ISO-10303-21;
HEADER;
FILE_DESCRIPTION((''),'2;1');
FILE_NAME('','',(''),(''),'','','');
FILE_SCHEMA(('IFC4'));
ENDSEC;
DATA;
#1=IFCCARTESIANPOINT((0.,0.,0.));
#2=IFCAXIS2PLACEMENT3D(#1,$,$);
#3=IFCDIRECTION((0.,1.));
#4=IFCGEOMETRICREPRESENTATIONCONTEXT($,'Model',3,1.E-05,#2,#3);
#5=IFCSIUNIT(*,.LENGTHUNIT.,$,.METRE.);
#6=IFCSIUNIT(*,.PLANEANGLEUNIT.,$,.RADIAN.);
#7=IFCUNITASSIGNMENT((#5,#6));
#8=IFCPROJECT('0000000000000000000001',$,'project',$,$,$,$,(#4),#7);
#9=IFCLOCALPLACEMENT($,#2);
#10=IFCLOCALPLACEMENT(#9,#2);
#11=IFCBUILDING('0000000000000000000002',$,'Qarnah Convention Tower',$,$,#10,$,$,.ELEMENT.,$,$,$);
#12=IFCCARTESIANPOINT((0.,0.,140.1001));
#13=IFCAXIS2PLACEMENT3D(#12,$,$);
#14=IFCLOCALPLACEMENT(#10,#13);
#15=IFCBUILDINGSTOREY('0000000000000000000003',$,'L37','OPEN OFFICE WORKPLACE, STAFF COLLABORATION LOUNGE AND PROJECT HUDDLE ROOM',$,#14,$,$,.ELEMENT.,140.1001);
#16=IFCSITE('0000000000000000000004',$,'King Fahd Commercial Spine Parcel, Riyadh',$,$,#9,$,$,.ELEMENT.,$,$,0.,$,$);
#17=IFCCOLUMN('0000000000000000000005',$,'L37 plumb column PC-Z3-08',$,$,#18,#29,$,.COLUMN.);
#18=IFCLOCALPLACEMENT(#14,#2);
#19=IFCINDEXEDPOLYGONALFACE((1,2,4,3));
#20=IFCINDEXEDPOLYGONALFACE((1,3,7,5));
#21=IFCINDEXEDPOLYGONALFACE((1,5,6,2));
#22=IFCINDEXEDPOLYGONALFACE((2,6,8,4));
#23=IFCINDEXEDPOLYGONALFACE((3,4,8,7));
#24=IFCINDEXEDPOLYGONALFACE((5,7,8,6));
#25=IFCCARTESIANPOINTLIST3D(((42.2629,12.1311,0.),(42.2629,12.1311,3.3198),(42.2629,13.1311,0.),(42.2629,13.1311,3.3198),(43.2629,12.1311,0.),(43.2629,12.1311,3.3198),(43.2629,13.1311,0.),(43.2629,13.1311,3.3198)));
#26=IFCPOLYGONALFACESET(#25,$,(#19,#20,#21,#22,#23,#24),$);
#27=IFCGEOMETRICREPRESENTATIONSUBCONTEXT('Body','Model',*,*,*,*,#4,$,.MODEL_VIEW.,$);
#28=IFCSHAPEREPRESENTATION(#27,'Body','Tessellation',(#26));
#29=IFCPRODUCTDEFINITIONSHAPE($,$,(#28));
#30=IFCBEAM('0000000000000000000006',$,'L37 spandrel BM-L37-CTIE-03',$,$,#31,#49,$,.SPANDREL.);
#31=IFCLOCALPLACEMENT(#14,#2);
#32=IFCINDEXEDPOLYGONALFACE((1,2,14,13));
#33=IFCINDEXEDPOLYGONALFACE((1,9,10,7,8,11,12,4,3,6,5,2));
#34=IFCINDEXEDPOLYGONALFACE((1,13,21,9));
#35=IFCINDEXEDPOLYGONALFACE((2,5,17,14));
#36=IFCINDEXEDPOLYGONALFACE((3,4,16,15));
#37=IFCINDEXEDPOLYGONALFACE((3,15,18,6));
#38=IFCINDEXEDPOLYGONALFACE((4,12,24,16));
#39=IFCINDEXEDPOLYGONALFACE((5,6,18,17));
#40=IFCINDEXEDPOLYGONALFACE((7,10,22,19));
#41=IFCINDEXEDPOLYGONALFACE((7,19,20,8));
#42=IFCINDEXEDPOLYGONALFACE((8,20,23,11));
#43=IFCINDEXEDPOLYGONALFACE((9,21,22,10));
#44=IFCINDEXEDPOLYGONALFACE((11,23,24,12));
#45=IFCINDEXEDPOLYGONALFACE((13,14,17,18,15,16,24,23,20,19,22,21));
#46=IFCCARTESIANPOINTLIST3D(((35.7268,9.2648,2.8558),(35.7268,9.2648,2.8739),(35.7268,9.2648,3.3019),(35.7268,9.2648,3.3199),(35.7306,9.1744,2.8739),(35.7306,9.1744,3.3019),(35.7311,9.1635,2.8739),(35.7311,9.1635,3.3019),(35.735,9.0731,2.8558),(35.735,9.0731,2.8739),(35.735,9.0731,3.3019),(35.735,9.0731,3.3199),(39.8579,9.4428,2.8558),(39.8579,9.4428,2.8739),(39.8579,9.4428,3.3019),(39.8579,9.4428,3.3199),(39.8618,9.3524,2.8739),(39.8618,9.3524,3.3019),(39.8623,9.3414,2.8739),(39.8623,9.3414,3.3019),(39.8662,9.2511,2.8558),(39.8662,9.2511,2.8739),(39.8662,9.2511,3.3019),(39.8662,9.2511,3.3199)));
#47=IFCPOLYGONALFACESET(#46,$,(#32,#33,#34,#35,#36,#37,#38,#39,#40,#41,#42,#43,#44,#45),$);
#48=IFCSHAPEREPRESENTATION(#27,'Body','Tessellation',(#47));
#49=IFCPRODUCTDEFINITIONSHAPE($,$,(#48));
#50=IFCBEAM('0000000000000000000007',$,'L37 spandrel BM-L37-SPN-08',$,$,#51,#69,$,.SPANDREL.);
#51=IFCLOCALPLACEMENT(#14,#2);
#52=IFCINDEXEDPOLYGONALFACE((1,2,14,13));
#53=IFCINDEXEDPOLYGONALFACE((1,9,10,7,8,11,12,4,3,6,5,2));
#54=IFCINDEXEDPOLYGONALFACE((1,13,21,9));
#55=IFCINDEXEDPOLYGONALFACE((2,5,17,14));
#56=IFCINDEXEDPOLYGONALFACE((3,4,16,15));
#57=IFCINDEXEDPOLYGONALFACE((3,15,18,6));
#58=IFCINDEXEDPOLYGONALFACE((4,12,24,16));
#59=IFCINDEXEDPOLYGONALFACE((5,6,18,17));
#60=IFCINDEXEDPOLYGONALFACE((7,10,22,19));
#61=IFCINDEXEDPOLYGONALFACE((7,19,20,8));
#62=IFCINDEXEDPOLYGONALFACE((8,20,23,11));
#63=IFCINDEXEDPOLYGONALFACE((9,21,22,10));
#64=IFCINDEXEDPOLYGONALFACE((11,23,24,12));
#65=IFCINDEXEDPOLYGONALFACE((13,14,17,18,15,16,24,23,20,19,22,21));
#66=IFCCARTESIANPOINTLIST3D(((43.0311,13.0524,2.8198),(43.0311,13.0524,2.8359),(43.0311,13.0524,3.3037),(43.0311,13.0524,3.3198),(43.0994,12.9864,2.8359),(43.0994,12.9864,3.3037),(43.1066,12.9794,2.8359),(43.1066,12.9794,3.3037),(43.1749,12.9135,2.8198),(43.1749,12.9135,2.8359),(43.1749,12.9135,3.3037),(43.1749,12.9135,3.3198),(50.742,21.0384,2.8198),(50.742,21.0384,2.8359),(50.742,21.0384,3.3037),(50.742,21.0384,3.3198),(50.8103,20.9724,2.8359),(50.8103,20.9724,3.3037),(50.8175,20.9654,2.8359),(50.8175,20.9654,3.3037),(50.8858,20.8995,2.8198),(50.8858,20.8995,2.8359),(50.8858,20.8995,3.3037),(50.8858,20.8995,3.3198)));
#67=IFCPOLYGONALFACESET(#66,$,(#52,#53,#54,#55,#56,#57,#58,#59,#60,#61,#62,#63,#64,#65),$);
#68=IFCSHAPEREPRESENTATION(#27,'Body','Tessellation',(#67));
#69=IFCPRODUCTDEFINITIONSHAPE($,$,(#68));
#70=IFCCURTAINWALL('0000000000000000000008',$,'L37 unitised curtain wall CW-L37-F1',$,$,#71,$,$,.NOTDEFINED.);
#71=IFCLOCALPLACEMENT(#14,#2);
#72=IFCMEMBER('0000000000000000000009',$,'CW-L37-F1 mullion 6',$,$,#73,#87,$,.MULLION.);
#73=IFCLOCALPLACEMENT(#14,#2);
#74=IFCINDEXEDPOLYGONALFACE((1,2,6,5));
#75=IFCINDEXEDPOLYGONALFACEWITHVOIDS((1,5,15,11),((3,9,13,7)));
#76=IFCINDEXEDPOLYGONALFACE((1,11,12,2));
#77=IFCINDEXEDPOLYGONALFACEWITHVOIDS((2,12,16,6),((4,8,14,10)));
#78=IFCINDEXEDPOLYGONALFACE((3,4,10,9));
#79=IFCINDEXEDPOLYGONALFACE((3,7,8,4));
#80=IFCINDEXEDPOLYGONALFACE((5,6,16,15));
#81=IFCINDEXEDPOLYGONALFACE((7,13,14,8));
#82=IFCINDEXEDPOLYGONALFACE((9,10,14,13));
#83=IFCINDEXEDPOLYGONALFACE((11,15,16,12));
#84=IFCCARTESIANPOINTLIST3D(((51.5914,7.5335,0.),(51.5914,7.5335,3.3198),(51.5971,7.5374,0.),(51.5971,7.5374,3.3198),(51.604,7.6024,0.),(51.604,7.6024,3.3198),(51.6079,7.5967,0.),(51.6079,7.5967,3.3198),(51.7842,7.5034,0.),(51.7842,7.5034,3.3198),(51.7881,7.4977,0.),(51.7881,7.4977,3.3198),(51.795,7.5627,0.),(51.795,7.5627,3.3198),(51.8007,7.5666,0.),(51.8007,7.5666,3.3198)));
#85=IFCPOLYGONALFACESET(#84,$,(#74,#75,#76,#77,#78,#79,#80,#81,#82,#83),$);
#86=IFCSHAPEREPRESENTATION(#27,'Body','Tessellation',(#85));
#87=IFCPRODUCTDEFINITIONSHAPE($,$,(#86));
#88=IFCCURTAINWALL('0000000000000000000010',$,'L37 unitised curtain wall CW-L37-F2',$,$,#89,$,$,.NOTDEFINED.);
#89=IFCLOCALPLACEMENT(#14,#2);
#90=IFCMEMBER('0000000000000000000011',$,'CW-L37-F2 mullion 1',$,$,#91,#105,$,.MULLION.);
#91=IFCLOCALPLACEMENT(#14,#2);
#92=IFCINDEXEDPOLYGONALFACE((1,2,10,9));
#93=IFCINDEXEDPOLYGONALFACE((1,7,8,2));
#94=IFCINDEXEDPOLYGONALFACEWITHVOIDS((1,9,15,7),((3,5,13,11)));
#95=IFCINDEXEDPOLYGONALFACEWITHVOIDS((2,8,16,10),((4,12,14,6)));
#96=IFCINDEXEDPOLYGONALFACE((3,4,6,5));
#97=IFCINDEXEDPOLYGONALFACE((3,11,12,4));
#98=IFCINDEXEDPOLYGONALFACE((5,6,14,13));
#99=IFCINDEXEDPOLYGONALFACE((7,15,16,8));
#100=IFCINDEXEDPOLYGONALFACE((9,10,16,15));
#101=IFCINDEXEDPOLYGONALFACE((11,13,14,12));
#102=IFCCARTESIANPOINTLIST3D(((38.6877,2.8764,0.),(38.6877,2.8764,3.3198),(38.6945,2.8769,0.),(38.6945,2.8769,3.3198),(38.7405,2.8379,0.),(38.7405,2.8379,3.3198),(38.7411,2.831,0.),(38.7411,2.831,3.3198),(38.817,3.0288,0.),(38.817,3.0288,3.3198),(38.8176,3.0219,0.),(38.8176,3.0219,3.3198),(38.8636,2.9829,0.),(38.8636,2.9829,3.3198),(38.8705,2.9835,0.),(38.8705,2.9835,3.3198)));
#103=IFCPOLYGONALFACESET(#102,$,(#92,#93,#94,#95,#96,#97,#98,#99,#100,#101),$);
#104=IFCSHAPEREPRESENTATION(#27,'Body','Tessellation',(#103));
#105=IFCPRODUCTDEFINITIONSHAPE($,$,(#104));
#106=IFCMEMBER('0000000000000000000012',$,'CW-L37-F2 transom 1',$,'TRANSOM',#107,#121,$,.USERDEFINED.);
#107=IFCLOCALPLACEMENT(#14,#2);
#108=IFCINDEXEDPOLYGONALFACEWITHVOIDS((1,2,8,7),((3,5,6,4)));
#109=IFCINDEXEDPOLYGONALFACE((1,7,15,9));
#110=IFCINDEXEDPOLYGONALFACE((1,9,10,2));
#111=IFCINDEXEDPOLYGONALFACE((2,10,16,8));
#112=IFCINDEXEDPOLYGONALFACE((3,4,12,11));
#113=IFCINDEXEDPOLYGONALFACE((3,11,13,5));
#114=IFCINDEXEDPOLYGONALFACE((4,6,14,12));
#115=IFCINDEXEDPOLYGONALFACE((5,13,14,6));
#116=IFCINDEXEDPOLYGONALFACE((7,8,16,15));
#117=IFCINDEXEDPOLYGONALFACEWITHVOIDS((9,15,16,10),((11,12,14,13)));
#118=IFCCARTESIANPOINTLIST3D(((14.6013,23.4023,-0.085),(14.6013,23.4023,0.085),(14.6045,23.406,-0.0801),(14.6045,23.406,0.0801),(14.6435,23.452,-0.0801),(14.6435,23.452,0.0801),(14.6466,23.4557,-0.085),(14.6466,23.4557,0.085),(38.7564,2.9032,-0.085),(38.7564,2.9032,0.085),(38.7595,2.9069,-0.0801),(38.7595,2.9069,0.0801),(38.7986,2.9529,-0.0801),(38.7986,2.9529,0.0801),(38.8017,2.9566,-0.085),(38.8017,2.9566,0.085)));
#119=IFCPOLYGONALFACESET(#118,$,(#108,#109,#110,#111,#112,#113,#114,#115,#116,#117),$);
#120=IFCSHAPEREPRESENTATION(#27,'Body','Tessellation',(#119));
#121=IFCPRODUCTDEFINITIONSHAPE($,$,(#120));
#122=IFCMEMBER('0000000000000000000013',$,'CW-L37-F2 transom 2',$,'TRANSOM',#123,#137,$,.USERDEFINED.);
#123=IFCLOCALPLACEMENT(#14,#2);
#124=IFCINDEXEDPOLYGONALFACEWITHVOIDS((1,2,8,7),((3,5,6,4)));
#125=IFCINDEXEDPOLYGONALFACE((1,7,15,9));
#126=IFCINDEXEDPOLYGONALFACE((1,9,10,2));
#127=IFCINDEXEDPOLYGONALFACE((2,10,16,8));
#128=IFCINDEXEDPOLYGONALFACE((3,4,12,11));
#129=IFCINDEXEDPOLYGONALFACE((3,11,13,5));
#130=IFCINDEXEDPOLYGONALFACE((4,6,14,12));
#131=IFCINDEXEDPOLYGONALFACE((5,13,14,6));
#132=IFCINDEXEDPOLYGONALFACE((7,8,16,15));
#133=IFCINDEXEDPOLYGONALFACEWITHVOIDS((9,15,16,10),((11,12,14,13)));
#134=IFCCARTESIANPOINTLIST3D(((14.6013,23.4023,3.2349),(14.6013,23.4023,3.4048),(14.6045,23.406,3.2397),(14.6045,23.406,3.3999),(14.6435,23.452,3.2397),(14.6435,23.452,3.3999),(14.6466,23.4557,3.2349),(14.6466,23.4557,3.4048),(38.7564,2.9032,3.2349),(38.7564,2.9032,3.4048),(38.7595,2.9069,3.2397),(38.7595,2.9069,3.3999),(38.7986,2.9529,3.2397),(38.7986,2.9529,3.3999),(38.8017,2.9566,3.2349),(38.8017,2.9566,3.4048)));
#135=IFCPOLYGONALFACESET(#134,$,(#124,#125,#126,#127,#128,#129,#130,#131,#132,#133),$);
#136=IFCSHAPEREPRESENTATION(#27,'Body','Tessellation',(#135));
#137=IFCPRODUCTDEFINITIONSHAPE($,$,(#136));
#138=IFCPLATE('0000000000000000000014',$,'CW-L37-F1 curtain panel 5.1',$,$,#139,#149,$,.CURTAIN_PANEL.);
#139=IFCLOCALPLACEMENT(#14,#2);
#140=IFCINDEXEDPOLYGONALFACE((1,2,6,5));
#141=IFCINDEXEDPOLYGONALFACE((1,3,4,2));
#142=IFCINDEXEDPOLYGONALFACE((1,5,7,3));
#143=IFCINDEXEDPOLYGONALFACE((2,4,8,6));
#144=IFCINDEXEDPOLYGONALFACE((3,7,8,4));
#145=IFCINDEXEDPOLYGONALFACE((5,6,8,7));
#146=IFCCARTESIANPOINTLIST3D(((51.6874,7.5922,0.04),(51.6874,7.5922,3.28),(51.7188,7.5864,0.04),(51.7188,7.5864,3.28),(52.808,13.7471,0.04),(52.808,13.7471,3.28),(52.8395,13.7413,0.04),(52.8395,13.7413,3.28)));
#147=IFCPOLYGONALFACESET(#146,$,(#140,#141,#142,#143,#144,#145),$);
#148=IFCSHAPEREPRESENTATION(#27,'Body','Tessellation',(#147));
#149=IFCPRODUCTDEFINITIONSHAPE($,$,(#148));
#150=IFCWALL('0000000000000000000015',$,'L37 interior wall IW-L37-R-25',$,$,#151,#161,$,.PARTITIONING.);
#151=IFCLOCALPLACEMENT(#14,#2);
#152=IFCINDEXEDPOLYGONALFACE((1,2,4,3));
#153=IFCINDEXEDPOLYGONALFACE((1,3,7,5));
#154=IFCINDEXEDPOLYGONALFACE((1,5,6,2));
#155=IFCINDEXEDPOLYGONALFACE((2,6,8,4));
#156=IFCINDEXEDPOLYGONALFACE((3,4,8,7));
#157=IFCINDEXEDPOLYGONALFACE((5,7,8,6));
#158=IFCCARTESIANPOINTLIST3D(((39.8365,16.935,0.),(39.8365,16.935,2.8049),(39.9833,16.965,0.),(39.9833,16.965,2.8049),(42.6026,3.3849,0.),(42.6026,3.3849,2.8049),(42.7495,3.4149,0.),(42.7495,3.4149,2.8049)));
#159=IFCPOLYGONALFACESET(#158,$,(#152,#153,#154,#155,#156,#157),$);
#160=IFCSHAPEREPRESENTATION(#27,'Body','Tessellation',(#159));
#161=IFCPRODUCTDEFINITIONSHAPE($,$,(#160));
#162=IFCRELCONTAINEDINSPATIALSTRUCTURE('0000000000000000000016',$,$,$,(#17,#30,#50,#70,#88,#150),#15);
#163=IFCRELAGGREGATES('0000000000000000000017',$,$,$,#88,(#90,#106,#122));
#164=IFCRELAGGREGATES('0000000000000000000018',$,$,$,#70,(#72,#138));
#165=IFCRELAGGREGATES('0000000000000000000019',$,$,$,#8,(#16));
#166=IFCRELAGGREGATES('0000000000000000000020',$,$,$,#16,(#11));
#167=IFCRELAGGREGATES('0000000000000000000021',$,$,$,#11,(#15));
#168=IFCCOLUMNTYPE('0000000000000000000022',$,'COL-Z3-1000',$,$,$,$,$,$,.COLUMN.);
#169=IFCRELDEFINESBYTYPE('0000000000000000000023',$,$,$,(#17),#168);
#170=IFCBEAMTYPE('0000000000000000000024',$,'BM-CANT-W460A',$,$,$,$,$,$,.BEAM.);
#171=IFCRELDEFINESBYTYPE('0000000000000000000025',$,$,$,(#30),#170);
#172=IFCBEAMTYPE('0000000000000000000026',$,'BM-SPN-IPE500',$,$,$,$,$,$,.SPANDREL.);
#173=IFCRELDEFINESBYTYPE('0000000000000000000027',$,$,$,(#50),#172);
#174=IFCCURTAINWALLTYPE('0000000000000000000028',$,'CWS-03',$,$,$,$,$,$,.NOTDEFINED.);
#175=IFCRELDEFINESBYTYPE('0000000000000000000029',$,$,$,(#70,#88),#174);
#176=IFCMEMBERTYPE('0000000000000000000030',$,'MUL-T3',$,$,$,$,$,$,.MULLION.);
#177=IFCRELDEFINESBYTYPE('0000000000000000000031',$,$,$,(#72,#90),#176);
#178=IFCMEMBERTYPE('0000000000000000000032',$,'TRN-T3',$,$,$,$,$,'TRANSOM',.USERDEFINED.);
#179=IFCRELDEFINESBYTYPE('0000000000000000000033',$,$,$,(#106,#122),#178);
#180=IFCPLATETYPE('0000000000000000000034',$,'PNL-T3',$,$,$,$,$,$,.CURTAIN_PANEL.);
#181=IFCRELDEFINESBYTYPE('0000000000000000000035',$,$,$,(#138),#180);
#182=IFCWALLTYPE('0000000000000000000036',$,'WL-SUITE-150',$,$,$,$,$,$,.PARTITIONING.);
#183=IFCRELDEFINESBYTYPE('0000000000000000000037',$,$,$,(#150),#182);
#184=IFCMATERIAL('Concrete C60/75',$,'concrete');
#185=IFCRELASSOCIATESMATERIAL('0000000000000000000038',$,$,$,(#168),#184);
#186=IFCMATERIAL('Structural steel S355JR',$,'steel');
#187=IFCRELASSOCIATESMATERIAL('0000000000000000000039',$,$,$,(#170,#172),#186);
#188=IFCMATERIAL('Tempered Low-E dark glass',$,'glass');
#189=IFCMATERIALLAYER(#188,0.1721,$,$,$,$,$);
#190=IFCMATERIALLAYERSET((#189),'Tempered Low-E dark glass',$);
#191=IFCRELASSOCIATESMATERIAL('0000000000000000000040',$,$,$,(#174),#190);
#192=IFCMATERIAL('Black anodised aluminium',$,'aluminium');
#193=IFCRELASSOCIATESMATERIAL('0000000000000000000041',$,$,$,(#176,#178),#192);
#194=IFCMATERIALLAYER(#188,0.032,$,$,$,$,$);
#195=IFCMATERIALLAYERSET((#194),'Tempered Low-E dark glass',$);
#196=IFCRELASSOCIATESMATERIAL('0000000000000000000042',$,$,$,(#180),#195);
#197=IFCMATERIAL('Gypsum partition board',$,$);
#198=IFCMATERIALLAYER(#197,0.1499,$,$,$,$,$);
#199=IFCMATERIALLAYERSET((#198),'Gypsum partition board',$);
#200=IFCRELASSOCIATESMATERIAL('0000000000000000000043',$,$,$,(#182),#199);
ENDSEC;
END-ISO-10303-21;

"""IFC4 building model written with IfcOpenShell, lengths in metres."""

from ifc_helpers import new_model, si_unit, direction, frame, frame_2d, origin, origin_2d, place, context, subcontext, project, spatial, rectangle, hollow_rectangle, i_section, extrude, material, layer, layer_set, material_profile, profile_set, type_object, element, aggregate, save


model = new_model("IFC4")

# Units and contexts
model_context = context("Model", 3, precision=1e-05, world=origin(), true_north=direction((0.0, 1.0)))
body_context = subcontext(model_context, "Body", "Model", "MODEL_VIEW")
ifc_project = project(units=[si_unit("LENGTHUNIT", "METRE"), si_unit("PLANEANGLEUNIT", "RADIAN")], contexts=[model_context])

# Site, building, storey
site_placement = place(None, origin())
site = spatial("IfcSite", under=ifc_project, at=site_placement, Name="King Fahd Commercial Spine Parcel, Riyadh", CompositionType="ELEMENT", RefElevation=0.0)
building_placement = place(site_placement, origin())
building = spatial("IfcBuilding", under=site, at=building_placement, Name="Qarnah Convention Tower", CompositionType="ELEMENT")
storey_placement = place(building_placement, frame((0.0, 0.0, 140.1001)))
storey = spatial("IfcBuildingStorey", under=building, at=storey_placement, Name="L37", Description="OPEN OFFICE WORKPLACE, STAFF COLLABORATION LOUNGE AND PROJECT HUDDLE ROOM", CompositionType="ELEMENT", Elevation=140.1001)

# Column
ifc_material_1 = material(Name="Concrete C60/75", Category="concrete")
ifc_material_profile_1 = material_profile(ifc_material_1, rectangle(XDim=1.0, YDim=1.0, at=origin_2d()), Name="RC-COL-1000X1000")
ifc_profile_set_1 = profile_set([ifc_material_profile_1], Name="Concrete C60/75")
column_type = type_object("IfcColumnType", Name="COL-Z3-1000", PredefinedType="COLUMN", material=ifc_profile_set_1)
column_placement = place(storey_placement, frame((42.7629, 12.6311, 0.0), z_axis=(0.0, 0.0, 1.0), x_axis=(1.0, 0.0, 0.0)))
element("IfcColumn", 1, at=column_placement, inside=storey, type_object=column_type, Name="L37 plumb column PC-Z3-08", PredefinedType="COLUMN", context=body_context, shape_type="SweptSolid", body=[
    extrude(rectangle(XDim=1.0, YDim=1.0, at=origin_2d()), origin(), (0.0, 0.0, 1.0), 3.3198),
])

# Beams
ifc_material_2 = material(Name="Structural steel S355JR", Category="steel")
ifc_material_profile_2 = material_profile(ifc_material_2, i_section(OverallWidth=0.1919, OverallDepth=0.4641, WebThickness=0.011, FlangeThickness=0.0181, at=origin_2d()), Name="W460X89")
ifc_profile_set_2 = profile_set([ifc_material_profile_2], Name="Structural steel S355JR")
beam_type_1 = type_object("IfcBeamType", Name="BM-CANT-W460A", PredefinedType="BEAM", material=ifc_profile_set_2)
beam_1_placement = place(storey_placement, frame((39.8621, 9.3469, 3.0879), z_axis=(-0.999073, -0.043043, 0.0), x_axis=(0.043043, -0.999073, 0.0)))
element("IfcBeam", 2, at=beam_1_placement, inside=storey, type_object=beam_type_1, Name="L37 spandrel BM-L37-CTIE-03", PredefinedType="SPANDREL", context=body_context, shape_type="SweptSolid", body=[
    extrude(i_section(OverallWidth=0.1919, OverallDepth=0.4641, WebThickness=0.011, FlangeThickness=0.0181, at=origin_2d()), origin(), (0.0, 0.0, 1.0), 4.135),
])
ifc_material_profile_3 = material_profile(ifc_material_2, i_section(OverallWidth=0.2, OverallDepth=0.5, WebThickness=0.01, FlangeThickness=0.0161, at=origin_2d()), Name="IPE500")
ifc_profile_set_3 = profile_set([ifc_material_profile_3], Name="Structural steel S355JR")
beam_type_2 = type_object("IfcBeamType", Name="BM-SPN-IPE500", PredefinedType="SPANDREL", material=ifc_profile_set_3)
beam_2_placement = place(storey_placement, frame((43.103, 12.9829, 3.0698), z_axis=(0.694606, 0.719391, 0.0), x_axis=(-0.719391, 0.694606, 0.0)))
element("IfcBeam", 3, at=beam_2_placement, inside=storey, type_object=beam_type_2, Name="L37 spandrel BM-L37-SPN-08", PredefinedType="SPANDREL", context=body_context, shape_type="SweptSolid", body=[
    extrude(i_section(OverallWidth=0.2, OverallDepth=0.5, WebThickness=0.01, FlangeThickness=0.0161, at=origin_2d()), origin(), (0.0, 0.0, 1.0), 11.1011),
])

# Curtain wall, member
ifc_material_3 = material(Name="Tempered Low-E dark glass", Category="glass")
ifc_layer_1 = layer(ifc_material_3, 0.1721)
ifc_layer_set_1 = layer_set([ifc_layer_1], Name="Tempered Low-E dark glass")
curtain_wall_type = type_object("IfcCurtainWallType", Name="CWS-03", PredefinedType="NOTDEFINED", material=ifc_layer_set_1)
curtain_wall_1_placement = place(storey_placement, origin())
curtain_wall_1 = element("IfcCurtainWall", 4, at=curtain_wall_1_placement, inside=storey, type_object=curtain_wall_type, Name="L37 unitised curtain wall CW-L37-F1", PredefinedType="NOTDEFINED")
ifc_material_4 = material(Name="Black anodised aluminium", Category="aluminium")
ifc_material_profile_4 = material_profile(ifc_material_4, hollow_rectangle(XDim=0.0701, YDim=0.2, WallThickness=0.0049, at=origin_2d()), Name="MUL-70X200")
ifc_profile_set_4 = profile_set([ifc_material_profile_4], Name="Black anodised aluminium")
member_type_1 = type_object("IfcMemberType", Name="MUL-T3", PredefinedType="MULLION", material=ifc_profile_set_4)
member_1_placement = place(storey_placement, frame((51.696, 7.55, 0.0), z_axis=(0.0, 0.0, 1.0), x_axis=(-0.179133, -0.983825, 0.0)))
member_1 = element("IfcMember", 5, at=member_1_placement, type_object=member_type_1, Name="CW-L37-F1 mullion 6", PredefinedType="MULLION", context=body_context, shape_type="SweptSolid", body=[
    extrude(hollow_rectangle(XDim=0.0701, YDim=0.2, WallThickness=0.0049, at=origin_2d()), origin(), (0.0, 0.0, 1.0), 3.3198),
])

# Curtain wall, members
curtain_wall_2_placement = place(storey_placement, origin())
curtain_wall_2 = element("IfcCurtainWall", 6, at=curtain_wall_2_placement, inside=storey, type_object=curtain_wall_type, Name="L37 unitised curtain wall CW-L37-F2", PredefinedType="NOTDEFINED")
member_2_placement = place(storey_placement, frame((38.7791, 2.9299, 0.0), z_axis=(0.0, 0.0, 1.0), x_axis=(-0.762449, 0.647048, 0.0)))
member_2 = element("IfcMember", 7, at=member_2_placement, type_object=member_type_1, Name="CW-L37-F2 mullion 1", PredefinedType="MULLION", context=body_context, shape_type="SweptSolid", body=[
    extrude(hollow_rectangle(XDim=0.0701, YDim=0.2, WallThickness=0.0049, at=origin_2d()), origin(), (0.0, 0.0, 1.0), 3.3198),
])
ifc_material_profile_5 = material_profile(ifc_material_4, hollow_rectangle(XDim=0.0701, YDim=0.1699, WallThickness=0.0049, at=origin_2d()), Name="TRN-70X170")
ifc_profile_set_5 = profile_set([ifc_material_profile_5], Name="Black anodised aluminium")
member_type_2 = type_object("IfcMemberType", Name="TRN-T3", ElementType="TRANSOM", PredefinedType="USERDEFINED", material=ifc_profile_set_5)
member_3_placement = place(storey_placement, frame((38.7791, 2.9299, 0.0), z_axis=(-0.762449, 0.647048, 0.0), x_axis=(-0.647048, -0.762449, 0.0)))
member_3 = element("IfcMember", 8, at=member_3_placement, type_object=member_type_2, Name="CW-L37-F2 transom 1", ObjectType="TRANSOM", PredefinedType="USERDEFINED", context=body_context, shape_type="SweptSolid", body=[
    extrude(hollow_rectangle(XDim=0.0701, YDim=0.1699, WallThickness=0.0049, at=origin_2d()), origin(), (0.0, 0.0, 1.0), 31.6809),
])
member_4_placement = place(storey_placement, frame((38.7791, 2.9299, 3.3198), z_axis=(-0.762449, 0.647048, 0.0), x_axis=(-0.647048, -0.762449, 0.0)))
member_4 = element("IfcMember", 9, at=member_4_placement, type_object=member_type_2, Name="CW-L37-F2 transom 2", ObjectType="TRANSOM", PredefinedType="USERDEFINED", context=body_context, shape_type="SweptSolid", body=[
    extrude(hollow_rectangle(XDim=0.0701, YDim=0.1699, WallThickness=0.0049, at=origin_2d()), origin(), (0.0, 0.0, 1.0), 31.6809),
])
aggregate(curtain_wall_2, [member_2, member_3, member_4])

# Plate
ifc_layer_2 = layer(ifc_material_3, 0.032)
ifc_layer_set_2 = layer_set([ifc_layer_2], Name="Tempered Low-E dark glass")
plate_type = type_object("IfcPlateType", Name="PNL-T3", PredefinedType="CURTAIN_PANEL", material=ifc_layer_set_2)
plate_placement = place(storey_placement, frame((52.2634, 10.6667, 0.04), z_axis=(0.0, 0.0, 1.0), x_axis=(-0.179133, -0.983825, 0.0)))
plate = element("IfcPlate", 10, at=plate_placement, type_object=plate_type, Name="CW-L37-F1 curtain panel 5.1", PredefinedType="CURTAIN_PANEL", context=body_context, shape_type="SweptSolid", body=[
    extrude(rectangle(XDim=6.2561, YDim=0.032, at=origin_2d()), origin(), (0.0, 0.0, 1.0), 3.24),
])
aggregate(curtain_wall_1, [member_1, plate])

# Wall
ifc_material_5 = material(Name="Gypsum partition board")
ifc_layer_3 = layer(ifc_material_5, 0.1499)
ifc_layer_set_3 = layer_set([ifc_layer_3], Name="Gypsum partition board")
wall_type_1 = type_object("IfcWallType", Name="WL-SUITE-150", PredefinedType="PARTITIONING", material=ifc_layer_set_3)
wall_1_placement = place(storey_placement, frame((42.676, 3.3999, 0.0), z_axis=(0.0, 0.0, 1.0), x_axis=(-0.200015, 0.979793, 0.0)))
element("IfcWall", 11, at=wall_1_placement, inside=storey, type_object=wall_type_1, Name="L37 interior wall IW-L37-R-25", PredefinedType="PARTITIONING", context=body_context, shape_type="SweptSolid", body=[
    extrude(rectangle(XDim=13.8296, YDim=0.1499, at=frame_2d((6.9148, 0.0))), origin(), (0.0, 0.0, 1.0), 2.8049),
])

save(model, "model.ifc")
